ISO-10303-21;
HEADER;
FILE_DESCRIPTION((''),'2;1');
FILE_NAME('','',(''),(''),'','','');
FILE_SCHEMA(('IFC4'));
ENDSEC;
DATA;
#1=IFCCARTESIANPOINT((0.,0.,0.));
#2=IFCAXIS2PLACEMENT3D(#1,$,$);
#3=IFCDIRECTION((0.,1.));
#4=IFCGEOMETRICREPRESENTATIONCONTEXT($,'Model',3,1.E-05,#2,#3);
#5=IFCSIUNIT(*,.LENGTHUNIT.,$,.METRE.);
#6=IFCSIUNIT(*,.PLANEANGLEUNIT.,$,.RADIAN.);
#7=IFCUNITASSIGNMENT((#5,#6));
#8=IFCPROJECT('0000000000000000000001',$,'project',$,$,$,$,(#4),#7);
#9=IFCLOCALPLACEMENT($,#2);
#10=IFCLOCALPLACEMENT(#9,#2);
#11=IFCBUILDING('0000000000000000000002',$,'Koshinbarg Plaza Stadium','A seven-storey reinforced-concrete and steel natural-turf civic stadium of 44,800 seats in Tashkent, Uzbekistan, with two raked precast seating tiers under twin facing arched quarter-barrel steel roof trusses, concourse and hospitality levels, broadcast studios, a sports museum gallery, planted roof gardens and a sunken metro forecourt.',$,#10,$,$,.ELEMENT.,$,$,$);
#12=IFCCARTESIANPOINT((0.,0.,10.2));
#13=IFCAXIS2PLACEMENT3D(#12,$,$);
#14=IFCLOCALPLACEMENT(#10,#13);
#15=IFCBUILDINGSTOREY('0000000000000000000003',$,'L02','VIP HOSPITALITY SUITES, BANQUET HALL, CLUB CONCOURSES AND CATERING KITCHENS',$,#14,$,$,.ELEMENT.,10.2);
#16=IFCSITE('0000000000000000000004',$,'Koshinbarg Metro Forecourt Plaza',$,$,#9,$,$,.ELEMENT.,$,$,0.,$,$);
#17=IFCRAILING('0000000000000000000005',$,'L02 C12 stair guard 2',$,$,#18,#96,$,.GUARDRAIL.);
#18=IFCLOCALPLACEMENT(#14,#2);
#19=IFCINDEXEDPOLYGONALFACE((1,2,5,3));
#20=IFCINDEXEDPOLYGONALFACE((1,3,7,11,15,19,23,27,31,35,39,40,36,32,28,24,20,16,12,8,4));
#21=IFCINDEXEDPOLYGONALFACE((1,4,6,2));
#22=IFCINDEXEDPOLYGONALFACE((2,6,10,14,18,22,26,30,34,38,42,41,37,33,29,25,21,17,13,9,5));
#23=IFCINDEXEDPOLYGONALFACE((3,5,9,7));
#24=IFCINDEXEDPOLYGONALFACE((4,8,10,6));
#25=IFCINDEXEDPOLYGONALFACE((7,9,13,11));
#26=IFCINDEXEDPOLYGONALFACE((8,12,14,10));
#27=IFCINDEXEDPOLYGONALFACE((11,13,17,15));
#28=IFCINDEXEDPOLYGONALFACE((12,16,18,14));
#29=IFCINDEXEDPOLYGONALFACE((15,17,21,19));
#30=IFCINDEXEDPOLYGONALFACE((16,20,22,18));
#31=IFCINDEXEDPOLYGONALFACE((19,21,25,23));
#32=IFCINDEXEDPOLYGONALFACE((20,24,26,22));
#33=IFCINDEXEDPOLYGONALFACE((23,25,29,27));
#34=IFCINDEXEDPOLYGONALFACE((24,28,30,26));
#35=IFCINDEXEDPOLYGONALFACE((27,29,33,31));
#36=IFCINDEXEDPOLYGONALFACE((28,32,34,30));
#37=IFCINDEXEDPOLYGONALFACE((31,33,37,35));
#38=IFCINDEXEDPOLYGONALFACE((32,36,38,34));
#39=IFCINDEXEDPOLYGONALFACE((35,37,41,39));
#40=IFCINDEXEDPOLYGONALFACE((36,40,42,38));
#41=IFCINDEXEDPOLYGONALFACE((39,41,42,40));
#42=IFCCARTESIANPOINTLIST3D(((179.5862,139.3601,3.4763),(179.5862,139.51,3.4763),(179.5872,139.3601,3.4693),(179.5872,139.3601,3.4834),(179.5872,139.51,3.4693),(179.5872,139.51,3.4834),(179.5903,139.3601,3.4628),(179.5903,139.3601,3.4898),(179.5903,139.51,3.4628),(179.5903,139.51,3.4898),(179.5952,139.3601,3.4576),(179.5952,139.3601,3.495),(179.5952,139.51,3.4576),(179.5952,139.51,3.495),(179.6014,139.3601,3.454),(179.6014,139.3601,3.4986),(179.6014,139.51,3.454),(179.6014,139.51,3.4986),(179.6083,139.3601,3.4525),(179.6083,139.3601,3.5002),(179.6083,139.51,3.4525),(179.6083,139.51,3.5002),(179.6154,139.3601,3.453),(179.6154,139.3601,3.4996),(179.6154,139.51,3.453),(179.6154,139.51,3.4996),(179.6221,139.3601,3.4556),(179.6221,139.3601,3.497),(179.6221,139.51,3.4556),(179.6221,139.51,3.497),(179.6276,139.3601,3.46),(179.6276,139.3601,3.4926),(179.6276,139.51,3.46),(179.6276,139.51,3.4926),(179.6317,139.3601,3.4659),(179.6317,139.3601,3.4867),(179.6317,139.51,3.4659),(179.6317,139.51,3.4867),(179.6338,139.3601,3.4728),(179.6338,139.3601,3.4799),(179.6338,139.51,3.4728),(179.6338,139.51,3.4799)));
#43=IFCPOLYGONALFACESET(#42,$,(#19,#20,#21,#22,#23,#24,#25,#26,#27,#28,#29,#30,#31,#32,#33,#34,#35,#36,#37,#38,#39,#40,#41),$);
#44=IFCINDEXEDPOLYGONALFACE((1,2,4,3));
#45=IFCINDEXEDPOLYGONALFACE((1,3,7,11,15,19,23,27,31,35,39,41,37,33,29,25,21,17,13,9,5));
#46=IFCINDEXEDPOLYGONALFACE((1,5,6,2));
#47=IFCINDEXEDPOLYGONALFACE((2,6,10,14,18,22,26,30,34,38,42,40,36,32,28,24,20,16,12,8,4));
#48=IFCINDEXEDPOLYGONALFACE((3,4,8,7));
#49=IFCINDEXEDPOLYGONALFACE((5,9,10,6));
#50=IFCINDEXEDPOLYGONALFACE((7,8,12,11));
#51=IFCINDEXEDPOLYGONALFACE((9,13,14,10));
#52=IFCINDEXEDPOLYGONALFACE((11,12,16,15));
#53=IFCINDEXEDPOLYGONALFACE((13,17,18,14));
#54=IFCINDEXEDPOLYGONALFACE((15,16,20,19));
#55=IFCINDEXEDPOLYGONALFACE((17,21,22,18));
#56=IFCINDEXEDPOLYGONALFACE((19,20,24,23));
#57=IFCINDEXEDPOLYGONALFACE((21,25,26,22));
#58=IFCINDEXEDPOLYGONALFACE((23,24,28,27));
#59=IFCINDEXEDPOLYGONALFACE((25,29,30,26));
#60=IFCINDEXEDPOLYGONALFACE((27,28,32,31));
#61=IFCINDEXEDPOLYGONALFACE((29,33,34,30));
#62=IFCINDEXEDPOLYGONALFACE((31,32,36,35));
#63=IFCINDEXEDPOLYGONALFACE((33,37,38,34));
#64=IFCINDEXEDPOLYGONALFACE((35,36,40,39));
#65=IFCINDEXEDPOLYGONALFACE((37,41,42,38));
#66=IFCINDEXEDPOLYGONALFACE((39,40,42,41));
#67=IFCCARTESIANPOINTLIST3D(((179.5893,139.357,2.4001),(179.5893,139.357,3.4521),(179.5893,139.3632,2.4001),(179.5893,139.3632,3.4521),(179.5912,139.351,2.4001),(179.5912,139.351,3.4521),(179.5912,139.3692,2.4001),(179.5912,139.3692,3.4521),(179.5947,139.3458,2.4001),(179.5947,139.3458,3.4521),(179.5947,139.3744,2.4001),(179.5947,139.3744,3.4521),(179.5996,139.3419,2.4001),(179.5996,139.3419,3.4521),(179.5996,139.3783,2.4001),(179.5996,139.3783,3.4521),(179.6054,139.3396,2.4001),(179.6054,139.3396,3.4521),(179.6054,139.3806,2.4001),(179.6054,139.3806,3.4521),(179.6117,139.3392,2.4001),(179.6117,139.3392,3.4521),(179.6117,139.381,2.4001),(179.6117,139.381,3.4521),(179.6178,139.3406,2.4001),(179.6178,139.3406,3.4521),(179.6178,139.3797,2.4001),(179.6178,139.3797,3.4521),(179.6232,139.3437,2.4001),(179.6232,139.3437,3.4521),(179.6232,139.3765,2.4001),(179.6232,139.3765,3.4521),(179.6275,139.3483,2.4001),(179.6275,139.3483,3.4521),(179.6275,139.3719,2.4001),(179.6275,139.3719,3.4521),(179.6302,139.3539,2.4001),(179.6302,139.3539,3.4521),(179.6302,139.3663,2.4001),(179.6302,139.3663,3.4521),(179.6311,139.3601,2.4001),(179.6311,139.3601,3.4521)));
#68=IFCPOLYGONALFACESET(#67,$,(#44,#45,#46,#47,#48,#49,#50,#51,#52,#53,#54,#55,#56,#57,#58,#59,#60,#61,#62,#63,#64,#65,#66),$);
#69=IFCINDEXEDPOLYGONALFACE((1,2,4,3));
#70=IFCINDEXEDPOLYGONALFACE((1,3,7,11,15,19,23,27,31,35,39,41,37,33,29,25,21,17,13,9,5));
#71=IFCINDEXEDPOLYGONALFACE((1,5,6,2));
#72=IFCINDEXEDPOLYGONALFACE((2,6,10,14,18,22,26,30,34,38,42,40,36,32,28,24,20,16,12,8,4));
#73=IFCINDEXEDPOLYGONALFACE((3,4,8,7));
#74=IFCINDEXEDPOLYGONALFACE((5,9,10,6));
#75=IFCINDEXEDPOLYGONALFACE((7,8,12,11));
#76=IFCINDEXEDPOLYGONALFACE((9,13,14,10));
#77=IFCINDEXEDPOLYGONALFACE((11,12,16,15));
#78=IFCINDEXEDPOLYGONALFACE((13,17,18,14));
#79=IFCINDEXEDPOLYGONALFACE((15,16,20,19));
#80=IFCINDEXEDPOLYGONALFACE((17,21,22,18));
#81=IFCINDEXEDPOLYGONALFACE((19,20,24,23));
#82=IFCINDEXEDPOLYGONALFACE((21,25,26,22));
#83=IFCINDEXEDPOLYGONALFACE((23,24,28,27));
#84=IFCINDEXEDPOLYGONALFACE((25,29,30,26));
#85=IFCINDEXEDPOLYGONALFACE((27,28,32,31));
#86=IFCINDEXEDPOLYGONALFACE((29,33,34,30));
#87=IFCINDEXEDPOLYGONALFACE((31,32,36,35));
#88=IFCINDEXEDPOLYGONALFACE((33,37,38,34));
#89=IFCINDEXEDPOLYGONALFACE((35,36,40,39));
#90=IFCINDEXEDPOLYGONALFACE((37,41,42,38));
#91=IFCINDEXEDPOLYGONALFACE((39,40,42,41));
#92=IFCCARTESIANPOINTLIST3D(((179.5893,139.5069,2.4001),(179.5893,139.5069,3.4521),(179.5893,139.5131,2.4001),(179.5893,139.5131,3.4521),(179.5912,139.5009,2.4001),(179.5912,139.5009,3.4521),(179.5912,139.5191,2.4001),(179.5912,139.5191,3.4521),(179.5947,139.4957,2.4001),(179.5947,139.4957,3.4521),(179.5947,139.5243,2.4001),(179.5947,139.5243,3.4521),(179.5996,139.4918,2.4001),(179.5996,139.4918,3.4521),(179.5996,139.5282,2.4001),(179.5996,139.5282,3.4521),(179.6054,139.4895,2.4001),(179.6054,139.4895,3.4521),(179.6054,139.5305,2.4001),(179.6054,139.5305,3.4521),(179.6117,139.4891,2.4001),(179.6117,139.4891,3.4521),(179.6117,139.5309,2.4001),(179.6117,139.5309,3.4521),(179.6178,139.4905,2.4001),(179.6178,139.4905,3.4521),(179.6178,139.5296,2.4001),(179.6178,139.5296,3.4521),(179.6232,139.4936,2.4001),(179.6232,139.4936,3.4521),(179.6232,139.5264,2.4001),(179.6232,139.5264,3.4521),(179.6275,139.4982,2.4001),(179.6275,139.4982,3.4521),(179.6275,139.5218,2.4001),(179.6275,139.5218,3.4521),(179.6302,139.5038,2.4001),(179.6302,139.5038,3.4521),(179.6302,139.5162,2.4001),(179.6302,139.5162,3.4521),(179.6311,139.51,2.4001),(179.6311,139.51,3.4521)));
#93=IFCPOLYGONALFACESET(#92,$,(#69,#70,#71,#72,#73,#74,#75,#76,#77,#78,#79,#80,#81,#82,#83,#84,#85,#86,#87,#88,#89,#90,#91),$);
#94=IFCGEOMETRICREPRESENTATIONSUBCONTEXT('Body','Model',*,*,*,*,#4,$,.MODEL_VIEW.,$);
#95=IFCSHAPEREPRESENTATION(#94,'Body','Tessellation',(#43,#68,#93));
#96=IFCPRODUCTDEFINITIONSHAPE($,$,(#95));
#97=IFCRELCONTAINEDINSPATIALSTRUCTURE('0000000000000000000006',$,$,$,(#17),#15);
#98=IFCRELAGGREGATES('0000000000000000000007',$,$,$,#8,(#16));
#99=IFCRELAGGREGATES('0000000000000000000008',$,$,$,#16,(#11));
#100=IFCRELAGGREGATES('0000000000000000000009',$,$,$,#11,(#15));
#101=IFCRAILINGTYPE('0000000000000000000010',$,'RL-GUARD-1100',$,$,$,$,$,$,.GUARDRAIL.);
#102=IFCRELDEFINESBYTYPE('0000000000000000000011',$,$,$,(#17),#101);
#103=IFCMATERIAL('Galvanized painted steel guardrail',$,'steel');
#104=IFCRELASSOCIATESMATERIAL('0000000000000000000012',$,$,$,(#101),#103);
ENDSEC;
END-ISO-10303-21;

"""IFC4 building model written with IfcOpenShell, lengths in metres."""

from ifc_helpers import new_model, si_unit, direction, frame, origin, origin_2d, place, context, subcontext, project, spatial, circle, extrude, material, type_object, element, save


model = new_model("IFC4")

# Units and contexts
model_context = context("Model", 3, precision=1e-05, world=origin(), true_north=direction((0.0, 1.0)))
body_context = subcontext(model_context, "Body", "Model", "MODEL_VIEW")
ifc_project = project(units=[si_unit("LENGTHUNIT", "METRE"), si_unit("PLANEANGLEUNIT", "RADIAN")], contexts=[model_context])

# Site, building, storey
site_placement = place(None, origin())
site = spatial("IfcSite", under=ifc_project, at=site_placement, Name="Koshinbarg Metro Forecourt Plaza", CompositionType="ELEMENT", RefElevation=0.0)
building_placement = place(site_placement, origin())
building = spatial("IfcBuilding", under=site, at=building_placement, Name="Koshinbarg Plaza Stadium", Description="A seven-storey reinforced-concrete and steel natural-turf civic stadium of 44,800 seats in Tashkent, Uzbekistan, with two raked precast seating tiers under twin facing arched quarter-barrel steel roof trusses, concourse and hospitality levels, broadcast studios, a sports museum gallery, planted roof gardens and a sunken metro forecourt.", CompositionType="ELEMENT")
storey_placement = place(building_placement, frame((0.0, 0.0, 10.2)))
storey = spatial("IfcBuildingStorey", under=building, at=storey_placement, Name="L02", Description="VIP HOSPITALITY SUITES, BANQUET HALL, CLUB CONCOURSES AND CATERING KITCHENS", CompositionType="ELEMENT", Elevation=10.2)

# Railing
ifc_material_1 = material(Name="Galvanized painted steel guardrail", Category="steel")
railing_type_1 = type_object("IfcRailingType", Name="RL-GUARD-1100", PredefinedType="GUARDRAIL", material=ifc_material_1)
railing_1_placement = place(storey_placement, frame((179.6101, 139.3601, 2.4001)))
element("IfcRailing", 1, at=railing_1_placement, inside=storey, type_object=railing_type_1, Name="L02 C12 stair guard 2", PredefinedType="GUARDRAIL", context=body_context, shape_type="SweptSolid", body=[
    extrude(circle(Radius=0.0239, at=origin_2d()), frame((0.0, 0.0, 1.0762), z_axis=(0.0, 1.0, 0.0), x_axis=(-1.0, 0.0, 0.0)), (0.0, 0.0, 1.0), 0.1499),
    extrude(circle(Radius=0.021, at=origin_2d()), origin(), (0.0, 0.0, 1.0), 1.052),
    extrude(circle(Radius=0.021, at=origin_2d()), frame((0.0, 0.1499, 0.0)), (0.0, 0.0, 1.0), 1.052),
])

save(model, "model.ifc")
